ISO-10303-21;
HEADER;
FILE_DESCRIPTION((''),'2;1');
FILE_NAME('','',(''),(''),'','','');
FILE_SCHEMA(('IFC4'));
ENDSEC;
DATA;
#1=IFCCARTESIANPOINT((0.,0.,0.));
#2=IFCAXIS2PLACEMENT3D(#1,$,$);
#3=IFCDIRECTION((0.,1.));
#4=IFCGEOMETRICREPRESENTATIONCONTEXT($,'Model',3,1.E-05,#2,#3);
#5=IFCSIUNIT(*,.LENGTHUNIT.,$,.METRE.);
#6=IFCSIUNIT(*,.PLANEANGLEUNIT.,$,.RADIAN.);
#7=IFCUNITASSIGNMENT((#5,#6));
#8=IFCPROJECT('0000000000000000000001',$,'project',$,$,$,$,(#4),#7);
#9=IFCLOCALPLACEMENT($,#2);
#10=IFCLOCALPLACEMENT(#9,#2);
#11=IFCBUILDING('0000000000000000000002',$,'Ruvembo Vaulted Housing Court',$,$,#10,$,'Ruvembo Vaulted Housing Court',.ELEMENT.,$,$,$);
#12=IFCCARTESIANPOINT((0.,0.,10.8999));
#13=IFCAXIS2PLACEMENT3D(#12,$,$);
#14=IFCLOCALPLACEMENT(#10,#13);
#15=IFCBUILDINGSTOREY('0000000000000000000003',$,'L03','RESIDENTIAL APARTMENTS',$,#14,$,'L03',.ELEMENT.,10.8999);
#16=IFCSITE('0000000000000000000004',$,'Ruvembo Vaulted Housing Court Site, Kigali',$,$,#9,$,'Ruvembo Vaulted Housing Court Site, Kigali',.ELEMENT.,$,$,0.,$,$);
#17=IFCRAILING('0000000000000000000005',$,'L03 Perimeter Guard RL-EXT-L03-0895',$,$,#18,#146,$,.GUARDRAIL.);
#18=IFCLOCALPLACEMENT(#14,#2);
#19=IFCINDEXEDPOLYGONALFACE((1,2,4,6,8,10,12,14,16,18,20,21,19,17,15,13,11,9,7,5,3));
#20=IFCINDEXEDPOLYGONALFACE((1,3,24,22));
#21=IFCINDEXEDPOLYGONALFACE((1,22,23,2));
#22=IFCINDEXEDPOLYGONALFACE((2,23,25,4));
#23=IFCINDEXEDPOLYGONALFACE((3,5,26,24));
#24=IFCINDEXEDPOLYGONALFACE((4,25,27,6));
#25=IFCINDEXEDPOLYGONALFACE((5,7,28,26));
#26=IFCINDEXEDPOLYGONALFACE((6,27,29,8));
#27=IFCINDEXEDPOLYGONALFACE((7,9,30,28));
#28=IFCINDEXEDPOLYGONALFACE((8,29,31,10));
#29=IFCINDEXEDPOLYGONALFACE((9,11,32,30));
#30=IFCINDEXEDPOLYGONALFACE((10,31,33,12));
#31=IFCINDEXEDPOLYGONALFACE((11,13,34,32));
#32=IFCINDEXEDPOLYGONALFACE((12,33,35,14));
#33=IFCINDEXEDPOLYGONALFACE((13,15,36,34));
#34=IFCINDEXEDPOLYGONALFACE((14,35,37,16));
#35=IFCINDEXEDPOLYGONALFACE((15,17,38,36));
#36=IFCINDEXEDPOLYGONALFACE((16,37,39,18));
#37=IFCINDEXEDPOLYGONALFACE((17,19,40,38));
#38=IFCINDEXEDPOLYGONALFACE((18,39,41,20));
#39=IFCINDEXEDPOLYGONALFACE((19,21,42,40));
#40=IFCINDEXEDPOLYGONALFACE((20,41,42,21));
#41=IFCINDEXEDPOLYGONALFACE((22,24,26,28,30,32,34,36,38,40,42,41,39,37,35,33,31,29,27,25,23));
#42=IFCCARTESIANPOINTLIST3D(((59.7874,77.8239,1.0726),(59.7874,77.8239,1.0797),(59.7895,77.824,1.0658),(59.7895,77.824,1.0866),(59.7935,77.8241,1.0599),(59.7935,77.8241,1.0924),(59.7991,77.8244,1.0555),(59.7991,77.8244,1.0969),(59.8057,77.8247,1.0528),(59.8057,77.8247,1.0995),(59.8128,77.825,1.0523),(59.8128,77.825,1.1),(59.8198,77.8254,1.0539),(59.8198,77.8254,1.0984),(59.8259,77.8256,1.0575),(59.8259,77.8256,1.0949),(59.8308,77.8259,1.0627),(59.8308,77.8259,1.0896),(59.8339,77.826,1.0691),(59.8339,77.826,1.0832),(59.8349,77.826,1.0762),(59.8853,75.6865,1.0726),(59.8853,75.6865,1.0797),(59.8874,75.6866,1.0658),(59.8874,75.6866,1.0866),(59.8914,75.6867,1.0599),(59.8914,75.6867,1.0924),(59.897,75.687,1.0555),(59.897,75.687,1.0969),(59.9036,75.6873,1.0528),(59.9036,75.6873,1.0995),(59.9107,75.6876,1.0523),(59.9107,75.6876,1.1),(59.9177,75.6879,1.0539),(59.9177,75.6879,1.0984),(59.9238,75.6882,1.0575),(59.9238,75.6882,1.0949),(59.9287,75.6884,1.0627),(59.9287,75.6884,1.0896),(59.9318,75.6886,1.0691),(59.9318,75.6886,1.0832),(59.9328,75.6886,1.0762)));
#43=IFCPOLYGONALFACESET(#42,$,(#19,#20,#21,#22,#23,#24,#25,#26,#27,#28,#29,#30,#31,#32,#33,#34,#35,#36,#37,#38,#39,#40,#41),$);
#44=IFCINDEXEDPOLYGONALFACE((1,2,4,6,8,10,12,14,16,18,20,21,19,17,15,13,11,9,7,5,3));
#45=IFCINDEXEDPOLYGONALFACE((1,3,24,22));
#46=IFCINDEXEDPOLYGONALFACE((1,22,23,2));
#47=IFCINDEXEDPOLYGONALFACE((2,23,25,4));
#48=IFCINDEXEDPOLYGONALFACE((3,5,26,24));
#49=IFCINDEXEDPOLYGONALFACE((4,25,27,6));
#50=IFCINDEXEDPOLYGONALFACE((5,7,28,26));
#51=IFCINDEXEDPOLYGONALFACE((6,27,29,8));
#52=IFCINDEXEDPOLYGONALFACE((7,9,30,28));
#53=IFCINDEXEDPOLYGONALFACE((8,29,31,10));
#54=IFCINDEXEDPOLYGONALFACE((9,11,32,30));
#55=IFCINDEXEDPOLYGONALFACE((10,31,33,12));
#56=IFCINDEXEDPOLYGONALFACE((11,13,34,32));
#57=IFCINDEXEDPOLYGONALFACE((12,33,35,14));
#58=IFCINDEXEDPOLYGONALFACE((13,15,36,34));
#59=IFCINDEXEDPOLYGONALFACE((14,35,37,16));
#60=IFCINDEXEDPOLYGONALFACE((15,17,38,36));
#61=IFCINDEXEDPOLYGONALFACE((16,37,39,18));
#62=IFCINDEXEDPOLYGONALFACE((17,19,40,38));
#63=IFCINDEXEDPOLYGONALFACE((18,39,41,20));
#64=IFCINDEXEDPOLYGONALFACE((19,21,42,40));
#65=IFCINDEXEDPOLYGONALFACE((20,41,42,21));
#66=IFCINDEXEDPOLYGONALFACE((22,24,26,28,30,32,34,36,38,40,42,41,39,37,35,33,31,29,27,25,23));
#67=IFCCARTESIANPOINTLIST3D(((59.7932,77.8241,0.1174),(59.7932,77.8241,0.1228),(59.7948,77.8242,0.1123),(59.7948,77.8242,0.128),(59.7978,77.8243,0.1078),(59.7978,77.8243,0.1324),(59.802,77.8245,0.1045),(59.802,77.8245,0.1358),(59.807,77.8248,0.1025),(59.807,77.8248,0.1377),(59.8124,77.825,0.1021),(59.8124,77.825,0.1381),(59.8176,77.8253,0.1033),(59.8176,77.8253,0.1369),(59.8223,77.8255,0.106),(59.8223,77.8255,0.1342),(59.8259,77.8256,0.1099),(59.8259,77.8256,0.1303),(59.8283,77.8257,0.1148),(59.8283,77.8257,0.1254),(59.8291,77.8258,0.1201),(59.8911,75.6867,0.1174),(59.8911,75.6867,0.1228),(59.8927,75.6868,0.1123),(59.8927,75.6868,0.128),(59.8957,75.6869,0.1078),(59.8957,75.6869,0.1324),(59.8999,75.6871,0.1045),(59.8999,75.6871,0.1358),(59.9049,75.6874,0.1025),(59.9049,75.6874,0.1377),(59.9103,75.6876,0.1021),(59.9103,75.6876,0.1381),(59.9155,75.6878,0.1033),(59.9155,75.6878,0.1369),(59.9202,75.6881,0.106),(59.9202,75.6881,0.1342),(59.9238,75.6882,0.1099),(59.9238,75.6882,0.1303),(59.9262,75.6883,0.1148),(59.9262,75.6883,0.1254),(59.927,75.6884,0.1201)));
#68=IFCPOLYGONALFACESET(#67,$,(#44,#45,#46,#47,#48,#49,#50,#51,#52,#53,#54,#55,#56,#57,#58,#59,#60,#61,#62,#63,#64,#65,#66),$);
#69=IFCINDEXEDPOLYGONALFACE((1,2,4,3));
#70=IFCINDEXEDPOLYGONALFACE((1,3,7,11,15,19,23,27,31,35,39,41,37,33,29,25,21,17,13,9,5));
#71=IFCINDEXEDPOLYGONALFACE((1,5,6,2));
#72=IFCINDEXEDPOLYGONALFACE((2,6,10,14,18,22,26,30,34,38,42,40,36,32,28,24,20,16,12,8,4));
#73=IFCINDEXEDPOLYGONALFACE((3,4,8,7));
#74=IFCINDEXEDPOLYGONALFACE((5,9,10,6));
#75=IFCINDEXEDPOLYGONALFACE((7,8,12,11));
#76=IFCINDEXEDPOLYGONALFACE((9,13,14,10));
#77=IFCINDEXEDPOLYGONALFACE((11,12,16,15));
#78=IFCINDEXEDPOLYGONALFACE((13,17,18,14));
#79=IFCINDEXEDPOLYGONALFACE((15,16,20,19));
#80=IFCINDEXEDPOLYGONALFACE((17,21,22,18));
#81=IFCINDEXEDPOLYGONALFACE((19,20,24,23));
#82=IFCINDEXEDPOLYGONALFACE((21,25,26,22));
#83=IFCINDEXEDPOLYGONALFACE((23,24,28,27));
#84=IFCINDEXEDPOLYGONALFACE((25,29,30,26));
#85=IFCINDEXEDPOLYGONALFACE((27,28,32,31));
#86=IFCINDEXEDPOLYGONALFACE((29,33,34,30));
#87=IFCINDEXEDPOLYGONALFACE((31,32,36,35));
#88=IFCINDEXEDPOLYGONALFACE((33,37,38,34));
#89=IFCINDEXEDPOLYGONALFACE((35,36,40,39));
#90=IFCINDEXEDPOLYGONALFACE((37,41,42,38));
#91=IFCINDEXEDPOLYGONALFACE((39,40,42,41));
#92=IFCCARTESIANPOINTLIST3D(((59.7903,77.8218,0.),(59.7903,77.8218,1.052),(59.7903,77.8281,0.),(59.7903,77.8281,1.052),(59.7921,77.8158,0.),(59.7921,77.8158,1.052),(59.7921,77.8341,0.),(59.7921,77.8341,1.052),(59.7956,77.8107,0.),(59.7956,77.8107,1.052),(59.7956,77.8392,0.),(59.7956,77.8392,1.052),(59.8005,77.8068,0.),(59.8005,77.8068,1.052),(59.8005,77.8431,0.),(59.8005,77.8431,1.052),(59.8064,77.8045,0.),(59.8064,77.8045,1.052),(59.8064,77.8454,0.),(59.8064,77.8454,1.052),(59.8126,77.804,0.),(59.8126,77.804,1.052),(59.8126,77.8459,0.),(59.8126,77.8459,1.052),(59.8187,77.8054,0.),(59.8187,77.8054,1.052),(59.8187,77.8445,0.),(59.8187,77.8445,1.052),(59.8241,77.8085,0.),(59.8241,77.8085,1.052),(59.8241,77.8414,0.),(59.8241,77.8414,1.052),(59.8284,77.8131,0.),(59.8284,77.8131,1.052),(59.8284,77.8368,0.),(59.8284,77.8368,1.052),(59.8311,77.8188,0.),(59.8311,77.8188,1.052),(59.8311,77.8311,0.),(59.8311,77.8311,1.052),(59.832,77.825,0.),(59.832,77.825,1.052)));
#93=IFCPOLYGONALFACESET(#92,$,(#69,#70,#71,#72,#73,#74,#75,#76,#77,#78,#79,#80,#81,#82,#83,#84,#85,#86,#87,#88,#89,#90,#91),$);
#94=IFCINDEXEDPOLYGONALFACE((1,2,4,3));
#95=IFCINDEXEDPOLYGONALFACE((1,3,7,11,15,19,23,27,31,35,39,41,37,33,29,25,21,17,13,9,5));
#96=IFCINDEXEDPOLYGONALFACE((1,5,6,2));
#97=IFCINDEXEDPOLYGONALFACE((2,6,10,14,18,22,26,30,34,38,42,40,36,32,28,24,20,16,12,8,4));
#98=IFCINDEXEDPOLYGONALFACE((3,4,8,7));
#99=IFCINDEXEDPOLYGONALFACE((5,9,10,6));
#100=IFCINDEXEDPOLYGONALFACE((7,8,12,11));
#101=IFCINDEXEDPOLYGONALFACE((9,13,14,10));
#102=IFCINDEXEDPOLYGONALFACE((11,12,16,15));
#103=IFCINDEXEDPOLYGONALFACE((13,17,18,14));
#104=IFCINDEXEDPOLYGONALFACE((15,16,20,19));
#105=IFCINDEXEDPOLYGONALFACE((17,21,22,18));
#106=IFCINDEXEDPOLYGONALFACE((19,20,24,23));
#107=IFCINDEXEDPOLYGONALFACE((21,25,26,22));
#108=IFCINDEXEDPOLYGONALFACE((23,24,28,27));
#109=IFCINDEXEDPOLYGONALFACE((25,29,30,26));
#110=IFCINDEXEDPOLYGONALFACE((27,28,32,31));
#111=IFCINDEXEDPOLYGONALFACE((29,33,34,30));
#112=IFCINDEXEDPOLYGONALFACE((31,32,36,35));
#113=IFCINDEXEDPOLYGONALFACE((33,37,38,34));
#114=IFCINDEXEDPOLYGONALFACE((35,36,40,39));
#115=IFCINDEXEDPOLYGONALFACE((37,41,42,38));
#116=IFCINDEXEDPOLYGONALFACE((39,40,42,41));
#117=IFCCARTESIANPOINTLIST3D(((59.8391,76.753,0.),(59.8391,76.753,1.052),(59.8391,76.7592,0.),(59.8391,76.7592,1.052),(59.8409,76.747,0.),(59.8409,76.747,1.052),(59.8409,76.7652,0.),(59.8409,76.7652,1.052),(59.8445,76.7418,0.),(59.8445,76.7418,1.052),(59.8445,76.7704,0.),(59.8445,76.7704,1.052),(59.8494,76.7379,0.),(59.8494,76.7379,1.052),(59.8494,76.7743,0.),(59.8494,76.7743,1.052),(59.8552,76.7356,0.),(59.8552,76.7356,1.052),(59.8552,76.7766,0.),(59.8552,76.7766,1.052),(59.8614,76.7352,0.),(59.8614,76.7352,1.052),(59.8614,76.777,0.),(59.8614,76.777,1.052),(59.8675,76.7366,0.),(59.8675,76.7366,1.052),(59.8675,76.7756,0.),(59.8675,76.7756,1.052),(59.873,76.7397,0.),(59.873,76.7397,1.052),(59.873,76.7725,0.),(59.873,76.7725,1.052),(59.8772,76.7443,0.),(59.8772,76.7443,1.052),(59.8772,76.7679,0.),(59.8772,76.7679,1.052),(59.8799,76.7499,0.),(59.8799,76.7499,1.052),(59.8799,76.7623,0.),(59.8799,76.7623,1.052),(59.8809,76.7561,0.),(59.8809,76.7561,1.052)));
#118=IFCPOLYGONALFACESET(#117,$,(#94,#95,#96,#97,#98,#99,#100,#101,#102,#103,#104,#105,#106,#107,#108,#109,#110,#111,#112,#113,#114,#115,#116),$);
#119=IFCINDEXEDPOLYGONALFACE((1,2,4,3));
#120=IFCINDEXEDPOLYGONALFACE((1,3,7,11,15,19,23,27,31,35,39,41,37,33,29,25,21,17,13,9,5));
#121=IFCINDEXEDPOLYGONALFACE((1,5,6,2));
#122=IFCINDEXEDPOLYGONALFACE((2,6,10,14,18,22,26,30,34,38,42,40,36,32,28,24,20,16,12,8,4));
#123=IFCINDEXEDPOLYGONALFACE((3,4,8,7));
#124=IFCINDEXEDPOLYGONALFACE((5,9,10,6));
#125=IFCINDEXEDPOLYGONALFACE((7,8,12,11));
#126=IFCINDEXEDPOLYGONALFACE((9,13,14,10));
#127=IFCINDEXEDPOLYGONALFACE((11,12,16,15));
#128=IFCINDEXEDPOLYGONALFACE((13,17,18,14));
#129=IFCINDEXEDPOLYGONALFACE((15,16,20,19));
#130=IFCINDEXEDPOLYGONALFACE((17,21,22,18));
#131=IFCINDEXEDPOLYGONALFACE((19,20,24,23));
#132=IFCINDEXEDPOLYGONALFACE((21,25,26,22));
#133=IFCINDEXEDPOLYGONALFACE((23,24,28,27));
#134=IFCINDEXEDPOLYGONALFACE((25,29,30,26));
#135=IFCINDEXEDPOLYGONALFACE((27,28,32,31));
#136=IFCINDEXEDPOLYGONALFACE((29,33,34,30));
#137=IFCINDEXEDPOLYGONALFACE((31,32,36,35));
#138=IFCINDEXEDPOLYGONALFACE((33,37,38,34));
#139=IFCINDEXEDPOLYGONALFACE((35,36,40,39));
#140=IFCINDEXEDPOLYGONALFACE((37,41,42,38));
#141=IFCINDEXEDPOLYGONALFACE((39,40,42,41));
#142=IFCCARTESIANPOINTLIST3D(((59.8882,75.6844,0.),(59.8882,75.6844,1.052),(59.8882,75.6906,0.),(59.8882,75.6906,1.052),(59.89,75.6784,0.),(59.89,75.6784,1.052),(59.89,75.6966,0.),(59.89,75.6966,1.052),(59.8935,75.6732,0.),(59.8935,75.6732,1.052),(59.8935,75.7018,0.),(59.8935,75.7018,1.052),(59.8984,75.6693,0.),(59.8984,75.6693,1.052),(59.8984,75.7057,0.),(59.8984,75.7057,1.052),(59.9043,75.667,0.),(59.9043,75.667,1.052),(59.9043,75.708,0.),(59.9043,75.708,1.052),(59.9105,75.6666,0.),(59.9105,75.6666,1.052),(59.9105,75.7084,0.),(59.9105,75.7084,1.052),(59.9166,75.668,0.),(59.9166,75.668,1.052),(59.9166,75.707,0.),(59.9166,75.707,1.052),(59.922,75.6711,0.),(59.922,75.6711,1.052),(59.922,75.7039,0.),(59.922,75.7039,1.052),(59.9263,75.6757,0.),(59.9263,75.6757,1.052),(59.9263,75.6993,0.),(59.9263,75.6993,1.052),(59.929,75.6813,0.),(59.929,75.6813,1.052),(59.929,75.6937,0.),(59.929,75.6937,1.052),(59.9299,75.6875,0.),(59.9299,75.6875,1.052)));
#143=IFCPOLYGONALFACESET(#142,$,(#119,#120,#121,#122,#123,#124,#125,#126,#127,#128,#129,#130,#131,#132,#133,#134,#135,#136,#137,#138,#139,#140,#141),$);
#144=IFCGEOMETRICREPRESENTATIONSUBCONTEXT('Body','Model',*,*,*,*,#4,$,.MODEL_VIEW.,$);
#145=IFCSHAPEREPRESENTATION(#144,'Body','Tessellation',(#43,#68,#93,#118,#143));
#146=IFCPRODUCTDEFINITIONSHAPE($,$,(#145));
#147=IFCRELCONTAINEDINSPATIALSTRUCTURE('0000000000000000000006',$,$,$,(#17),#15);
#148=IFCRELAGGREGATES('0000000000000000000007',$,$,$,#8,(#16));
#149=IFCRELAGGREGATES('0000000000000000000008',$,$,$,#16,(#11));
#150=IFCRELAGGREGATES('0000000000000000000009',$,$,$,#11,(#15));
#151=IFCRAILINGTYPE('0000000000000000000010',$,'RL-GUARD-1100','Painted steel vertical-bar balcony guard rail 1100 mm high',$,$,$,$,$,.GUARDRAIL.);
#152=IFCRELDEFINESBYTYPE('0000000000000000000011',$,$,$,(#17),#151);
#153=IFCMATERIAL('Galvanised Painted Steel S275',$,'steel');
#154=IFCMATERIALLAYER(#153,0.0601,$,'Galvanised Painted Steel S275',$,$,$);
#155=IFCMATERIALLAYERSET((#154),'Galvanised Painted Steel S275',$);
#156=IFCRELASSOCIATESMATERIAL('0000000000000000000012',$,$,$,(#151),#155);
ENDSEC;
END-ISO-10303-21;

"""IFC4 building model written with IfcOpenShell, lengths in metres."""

from ifc_helpers import new_model, si_unit, direction, frame, origin, origin_2d, place, context, subcontext, project, spatial, circle, extrude, material, layer, layer_set, type_object, element, save


model = new_model("IFC4")

# Units and contexts
model_context = context("Model", 3, precision=1e-05, world=origin(), true_north=direction((0.0, 1.0)))
body_context = subcontext(model_context, "Body", "Model", "MODEL_VIEW")
ifc_project = project(units=[si_unit("LENGTHUNIT", "METRE"), si_unit("PLANEANGLEUNIT", "RADIAN")], contexts=[model_context])

# Site, building, storey
site_placement = place(None, origin())
site = spatial("IfcSite", under=ifc_project, at=site_placement, Name="Ruvembo Vaulted Housing Court Site, Kigali", LongName="Ruvembo Vaulted Housing Court Site, Kigali", CompositionType="ELEMENT", RefElevation=0.0)
building_placement = place(site_placement, origin())
building = spatial("IfcBuilding", under=site, at=building_placement, Name="Ruvembo Vaulted Housing Court", LongName="Ruvembo Vaulted Housing Court", CompositionType="ELEMENT")
storey_placement = place(building_placement, frame((0.0, 0.0, 10.8999)))
storey = spatial("IfcBuildingStorey", under=building, at=storey_placement, Name="L03", Description="RESIDENTIAL APARTMENTS", LongName="L03", CompositionType="ELEMENT", Elevation=10.8999)

# Railing
ifc_material_1 = material(Name="Galvanised Painted Steel S275", Category="steel")
ifc_layer_1 = layer(ifc_material_1, 0.0601, Name="Galvanised Painted Steel S275")
ifc_layer_set_1 = layer_set([ifc_layer_1], Name="Galvanised Painted Steel S275")
railing_type_1 = type_object("IfcRailingType", Name="RL-GUARD-1100", Description="Painted steel vertical-bar balcony guard rail 1100 mm high", PredefinedType="GUARDRAIL", material=ifc_layer_set_1)
railing_1_placement = place(storey_placement, frame((59.811, 77.825, 0.0)))
element("IfcRailing", 1, at=railing_1_placement, inside=storey, type_object=railing_type_1, Name="L03 Perimeter Guard RL-EXT-L03-0895", PredefinedType="GUARDRAIL", context=body_context, shape_type="SweptSolid", body=[
    extrude(circle(Radius=0.0239, at=origin_2d()), frame((0.0, 0.0, 1.0762), z_axis=(0.045754, -0.998953, 0.0), x_axis=(0.998953, 0.045754, 0.0)), (0.0, 0.0, 1.0), 2.1396),
    extrude(circle(Radius=0.0181, at=origin_2d()), frame((0.0, 0.0, 0.1201), z_axis=(0.045754, -0.998953, 0.0), x_axis=(0.998953, 0.045754, 0.0)), (0.0, 0.0, 1.0), 2.1396),
    extrude(circle(Radius=0.021, at=origin_2d()), origin(), (0.0, 0.0, 1.0), 1.052),
    extrude(circle(Radius=0.021, at=origin_2d()), frame((0.0488, -1.0688, 0.0)), (0.0, 0.0, 1.0), 1.052),
    extrude(circle(Radius=0.021, at=origin_2d()), frame((0.0979, -2.1375, 0.0)), (0.0, 0.0, 1.0), 1.052),
])

save(model, "model.ifc")
